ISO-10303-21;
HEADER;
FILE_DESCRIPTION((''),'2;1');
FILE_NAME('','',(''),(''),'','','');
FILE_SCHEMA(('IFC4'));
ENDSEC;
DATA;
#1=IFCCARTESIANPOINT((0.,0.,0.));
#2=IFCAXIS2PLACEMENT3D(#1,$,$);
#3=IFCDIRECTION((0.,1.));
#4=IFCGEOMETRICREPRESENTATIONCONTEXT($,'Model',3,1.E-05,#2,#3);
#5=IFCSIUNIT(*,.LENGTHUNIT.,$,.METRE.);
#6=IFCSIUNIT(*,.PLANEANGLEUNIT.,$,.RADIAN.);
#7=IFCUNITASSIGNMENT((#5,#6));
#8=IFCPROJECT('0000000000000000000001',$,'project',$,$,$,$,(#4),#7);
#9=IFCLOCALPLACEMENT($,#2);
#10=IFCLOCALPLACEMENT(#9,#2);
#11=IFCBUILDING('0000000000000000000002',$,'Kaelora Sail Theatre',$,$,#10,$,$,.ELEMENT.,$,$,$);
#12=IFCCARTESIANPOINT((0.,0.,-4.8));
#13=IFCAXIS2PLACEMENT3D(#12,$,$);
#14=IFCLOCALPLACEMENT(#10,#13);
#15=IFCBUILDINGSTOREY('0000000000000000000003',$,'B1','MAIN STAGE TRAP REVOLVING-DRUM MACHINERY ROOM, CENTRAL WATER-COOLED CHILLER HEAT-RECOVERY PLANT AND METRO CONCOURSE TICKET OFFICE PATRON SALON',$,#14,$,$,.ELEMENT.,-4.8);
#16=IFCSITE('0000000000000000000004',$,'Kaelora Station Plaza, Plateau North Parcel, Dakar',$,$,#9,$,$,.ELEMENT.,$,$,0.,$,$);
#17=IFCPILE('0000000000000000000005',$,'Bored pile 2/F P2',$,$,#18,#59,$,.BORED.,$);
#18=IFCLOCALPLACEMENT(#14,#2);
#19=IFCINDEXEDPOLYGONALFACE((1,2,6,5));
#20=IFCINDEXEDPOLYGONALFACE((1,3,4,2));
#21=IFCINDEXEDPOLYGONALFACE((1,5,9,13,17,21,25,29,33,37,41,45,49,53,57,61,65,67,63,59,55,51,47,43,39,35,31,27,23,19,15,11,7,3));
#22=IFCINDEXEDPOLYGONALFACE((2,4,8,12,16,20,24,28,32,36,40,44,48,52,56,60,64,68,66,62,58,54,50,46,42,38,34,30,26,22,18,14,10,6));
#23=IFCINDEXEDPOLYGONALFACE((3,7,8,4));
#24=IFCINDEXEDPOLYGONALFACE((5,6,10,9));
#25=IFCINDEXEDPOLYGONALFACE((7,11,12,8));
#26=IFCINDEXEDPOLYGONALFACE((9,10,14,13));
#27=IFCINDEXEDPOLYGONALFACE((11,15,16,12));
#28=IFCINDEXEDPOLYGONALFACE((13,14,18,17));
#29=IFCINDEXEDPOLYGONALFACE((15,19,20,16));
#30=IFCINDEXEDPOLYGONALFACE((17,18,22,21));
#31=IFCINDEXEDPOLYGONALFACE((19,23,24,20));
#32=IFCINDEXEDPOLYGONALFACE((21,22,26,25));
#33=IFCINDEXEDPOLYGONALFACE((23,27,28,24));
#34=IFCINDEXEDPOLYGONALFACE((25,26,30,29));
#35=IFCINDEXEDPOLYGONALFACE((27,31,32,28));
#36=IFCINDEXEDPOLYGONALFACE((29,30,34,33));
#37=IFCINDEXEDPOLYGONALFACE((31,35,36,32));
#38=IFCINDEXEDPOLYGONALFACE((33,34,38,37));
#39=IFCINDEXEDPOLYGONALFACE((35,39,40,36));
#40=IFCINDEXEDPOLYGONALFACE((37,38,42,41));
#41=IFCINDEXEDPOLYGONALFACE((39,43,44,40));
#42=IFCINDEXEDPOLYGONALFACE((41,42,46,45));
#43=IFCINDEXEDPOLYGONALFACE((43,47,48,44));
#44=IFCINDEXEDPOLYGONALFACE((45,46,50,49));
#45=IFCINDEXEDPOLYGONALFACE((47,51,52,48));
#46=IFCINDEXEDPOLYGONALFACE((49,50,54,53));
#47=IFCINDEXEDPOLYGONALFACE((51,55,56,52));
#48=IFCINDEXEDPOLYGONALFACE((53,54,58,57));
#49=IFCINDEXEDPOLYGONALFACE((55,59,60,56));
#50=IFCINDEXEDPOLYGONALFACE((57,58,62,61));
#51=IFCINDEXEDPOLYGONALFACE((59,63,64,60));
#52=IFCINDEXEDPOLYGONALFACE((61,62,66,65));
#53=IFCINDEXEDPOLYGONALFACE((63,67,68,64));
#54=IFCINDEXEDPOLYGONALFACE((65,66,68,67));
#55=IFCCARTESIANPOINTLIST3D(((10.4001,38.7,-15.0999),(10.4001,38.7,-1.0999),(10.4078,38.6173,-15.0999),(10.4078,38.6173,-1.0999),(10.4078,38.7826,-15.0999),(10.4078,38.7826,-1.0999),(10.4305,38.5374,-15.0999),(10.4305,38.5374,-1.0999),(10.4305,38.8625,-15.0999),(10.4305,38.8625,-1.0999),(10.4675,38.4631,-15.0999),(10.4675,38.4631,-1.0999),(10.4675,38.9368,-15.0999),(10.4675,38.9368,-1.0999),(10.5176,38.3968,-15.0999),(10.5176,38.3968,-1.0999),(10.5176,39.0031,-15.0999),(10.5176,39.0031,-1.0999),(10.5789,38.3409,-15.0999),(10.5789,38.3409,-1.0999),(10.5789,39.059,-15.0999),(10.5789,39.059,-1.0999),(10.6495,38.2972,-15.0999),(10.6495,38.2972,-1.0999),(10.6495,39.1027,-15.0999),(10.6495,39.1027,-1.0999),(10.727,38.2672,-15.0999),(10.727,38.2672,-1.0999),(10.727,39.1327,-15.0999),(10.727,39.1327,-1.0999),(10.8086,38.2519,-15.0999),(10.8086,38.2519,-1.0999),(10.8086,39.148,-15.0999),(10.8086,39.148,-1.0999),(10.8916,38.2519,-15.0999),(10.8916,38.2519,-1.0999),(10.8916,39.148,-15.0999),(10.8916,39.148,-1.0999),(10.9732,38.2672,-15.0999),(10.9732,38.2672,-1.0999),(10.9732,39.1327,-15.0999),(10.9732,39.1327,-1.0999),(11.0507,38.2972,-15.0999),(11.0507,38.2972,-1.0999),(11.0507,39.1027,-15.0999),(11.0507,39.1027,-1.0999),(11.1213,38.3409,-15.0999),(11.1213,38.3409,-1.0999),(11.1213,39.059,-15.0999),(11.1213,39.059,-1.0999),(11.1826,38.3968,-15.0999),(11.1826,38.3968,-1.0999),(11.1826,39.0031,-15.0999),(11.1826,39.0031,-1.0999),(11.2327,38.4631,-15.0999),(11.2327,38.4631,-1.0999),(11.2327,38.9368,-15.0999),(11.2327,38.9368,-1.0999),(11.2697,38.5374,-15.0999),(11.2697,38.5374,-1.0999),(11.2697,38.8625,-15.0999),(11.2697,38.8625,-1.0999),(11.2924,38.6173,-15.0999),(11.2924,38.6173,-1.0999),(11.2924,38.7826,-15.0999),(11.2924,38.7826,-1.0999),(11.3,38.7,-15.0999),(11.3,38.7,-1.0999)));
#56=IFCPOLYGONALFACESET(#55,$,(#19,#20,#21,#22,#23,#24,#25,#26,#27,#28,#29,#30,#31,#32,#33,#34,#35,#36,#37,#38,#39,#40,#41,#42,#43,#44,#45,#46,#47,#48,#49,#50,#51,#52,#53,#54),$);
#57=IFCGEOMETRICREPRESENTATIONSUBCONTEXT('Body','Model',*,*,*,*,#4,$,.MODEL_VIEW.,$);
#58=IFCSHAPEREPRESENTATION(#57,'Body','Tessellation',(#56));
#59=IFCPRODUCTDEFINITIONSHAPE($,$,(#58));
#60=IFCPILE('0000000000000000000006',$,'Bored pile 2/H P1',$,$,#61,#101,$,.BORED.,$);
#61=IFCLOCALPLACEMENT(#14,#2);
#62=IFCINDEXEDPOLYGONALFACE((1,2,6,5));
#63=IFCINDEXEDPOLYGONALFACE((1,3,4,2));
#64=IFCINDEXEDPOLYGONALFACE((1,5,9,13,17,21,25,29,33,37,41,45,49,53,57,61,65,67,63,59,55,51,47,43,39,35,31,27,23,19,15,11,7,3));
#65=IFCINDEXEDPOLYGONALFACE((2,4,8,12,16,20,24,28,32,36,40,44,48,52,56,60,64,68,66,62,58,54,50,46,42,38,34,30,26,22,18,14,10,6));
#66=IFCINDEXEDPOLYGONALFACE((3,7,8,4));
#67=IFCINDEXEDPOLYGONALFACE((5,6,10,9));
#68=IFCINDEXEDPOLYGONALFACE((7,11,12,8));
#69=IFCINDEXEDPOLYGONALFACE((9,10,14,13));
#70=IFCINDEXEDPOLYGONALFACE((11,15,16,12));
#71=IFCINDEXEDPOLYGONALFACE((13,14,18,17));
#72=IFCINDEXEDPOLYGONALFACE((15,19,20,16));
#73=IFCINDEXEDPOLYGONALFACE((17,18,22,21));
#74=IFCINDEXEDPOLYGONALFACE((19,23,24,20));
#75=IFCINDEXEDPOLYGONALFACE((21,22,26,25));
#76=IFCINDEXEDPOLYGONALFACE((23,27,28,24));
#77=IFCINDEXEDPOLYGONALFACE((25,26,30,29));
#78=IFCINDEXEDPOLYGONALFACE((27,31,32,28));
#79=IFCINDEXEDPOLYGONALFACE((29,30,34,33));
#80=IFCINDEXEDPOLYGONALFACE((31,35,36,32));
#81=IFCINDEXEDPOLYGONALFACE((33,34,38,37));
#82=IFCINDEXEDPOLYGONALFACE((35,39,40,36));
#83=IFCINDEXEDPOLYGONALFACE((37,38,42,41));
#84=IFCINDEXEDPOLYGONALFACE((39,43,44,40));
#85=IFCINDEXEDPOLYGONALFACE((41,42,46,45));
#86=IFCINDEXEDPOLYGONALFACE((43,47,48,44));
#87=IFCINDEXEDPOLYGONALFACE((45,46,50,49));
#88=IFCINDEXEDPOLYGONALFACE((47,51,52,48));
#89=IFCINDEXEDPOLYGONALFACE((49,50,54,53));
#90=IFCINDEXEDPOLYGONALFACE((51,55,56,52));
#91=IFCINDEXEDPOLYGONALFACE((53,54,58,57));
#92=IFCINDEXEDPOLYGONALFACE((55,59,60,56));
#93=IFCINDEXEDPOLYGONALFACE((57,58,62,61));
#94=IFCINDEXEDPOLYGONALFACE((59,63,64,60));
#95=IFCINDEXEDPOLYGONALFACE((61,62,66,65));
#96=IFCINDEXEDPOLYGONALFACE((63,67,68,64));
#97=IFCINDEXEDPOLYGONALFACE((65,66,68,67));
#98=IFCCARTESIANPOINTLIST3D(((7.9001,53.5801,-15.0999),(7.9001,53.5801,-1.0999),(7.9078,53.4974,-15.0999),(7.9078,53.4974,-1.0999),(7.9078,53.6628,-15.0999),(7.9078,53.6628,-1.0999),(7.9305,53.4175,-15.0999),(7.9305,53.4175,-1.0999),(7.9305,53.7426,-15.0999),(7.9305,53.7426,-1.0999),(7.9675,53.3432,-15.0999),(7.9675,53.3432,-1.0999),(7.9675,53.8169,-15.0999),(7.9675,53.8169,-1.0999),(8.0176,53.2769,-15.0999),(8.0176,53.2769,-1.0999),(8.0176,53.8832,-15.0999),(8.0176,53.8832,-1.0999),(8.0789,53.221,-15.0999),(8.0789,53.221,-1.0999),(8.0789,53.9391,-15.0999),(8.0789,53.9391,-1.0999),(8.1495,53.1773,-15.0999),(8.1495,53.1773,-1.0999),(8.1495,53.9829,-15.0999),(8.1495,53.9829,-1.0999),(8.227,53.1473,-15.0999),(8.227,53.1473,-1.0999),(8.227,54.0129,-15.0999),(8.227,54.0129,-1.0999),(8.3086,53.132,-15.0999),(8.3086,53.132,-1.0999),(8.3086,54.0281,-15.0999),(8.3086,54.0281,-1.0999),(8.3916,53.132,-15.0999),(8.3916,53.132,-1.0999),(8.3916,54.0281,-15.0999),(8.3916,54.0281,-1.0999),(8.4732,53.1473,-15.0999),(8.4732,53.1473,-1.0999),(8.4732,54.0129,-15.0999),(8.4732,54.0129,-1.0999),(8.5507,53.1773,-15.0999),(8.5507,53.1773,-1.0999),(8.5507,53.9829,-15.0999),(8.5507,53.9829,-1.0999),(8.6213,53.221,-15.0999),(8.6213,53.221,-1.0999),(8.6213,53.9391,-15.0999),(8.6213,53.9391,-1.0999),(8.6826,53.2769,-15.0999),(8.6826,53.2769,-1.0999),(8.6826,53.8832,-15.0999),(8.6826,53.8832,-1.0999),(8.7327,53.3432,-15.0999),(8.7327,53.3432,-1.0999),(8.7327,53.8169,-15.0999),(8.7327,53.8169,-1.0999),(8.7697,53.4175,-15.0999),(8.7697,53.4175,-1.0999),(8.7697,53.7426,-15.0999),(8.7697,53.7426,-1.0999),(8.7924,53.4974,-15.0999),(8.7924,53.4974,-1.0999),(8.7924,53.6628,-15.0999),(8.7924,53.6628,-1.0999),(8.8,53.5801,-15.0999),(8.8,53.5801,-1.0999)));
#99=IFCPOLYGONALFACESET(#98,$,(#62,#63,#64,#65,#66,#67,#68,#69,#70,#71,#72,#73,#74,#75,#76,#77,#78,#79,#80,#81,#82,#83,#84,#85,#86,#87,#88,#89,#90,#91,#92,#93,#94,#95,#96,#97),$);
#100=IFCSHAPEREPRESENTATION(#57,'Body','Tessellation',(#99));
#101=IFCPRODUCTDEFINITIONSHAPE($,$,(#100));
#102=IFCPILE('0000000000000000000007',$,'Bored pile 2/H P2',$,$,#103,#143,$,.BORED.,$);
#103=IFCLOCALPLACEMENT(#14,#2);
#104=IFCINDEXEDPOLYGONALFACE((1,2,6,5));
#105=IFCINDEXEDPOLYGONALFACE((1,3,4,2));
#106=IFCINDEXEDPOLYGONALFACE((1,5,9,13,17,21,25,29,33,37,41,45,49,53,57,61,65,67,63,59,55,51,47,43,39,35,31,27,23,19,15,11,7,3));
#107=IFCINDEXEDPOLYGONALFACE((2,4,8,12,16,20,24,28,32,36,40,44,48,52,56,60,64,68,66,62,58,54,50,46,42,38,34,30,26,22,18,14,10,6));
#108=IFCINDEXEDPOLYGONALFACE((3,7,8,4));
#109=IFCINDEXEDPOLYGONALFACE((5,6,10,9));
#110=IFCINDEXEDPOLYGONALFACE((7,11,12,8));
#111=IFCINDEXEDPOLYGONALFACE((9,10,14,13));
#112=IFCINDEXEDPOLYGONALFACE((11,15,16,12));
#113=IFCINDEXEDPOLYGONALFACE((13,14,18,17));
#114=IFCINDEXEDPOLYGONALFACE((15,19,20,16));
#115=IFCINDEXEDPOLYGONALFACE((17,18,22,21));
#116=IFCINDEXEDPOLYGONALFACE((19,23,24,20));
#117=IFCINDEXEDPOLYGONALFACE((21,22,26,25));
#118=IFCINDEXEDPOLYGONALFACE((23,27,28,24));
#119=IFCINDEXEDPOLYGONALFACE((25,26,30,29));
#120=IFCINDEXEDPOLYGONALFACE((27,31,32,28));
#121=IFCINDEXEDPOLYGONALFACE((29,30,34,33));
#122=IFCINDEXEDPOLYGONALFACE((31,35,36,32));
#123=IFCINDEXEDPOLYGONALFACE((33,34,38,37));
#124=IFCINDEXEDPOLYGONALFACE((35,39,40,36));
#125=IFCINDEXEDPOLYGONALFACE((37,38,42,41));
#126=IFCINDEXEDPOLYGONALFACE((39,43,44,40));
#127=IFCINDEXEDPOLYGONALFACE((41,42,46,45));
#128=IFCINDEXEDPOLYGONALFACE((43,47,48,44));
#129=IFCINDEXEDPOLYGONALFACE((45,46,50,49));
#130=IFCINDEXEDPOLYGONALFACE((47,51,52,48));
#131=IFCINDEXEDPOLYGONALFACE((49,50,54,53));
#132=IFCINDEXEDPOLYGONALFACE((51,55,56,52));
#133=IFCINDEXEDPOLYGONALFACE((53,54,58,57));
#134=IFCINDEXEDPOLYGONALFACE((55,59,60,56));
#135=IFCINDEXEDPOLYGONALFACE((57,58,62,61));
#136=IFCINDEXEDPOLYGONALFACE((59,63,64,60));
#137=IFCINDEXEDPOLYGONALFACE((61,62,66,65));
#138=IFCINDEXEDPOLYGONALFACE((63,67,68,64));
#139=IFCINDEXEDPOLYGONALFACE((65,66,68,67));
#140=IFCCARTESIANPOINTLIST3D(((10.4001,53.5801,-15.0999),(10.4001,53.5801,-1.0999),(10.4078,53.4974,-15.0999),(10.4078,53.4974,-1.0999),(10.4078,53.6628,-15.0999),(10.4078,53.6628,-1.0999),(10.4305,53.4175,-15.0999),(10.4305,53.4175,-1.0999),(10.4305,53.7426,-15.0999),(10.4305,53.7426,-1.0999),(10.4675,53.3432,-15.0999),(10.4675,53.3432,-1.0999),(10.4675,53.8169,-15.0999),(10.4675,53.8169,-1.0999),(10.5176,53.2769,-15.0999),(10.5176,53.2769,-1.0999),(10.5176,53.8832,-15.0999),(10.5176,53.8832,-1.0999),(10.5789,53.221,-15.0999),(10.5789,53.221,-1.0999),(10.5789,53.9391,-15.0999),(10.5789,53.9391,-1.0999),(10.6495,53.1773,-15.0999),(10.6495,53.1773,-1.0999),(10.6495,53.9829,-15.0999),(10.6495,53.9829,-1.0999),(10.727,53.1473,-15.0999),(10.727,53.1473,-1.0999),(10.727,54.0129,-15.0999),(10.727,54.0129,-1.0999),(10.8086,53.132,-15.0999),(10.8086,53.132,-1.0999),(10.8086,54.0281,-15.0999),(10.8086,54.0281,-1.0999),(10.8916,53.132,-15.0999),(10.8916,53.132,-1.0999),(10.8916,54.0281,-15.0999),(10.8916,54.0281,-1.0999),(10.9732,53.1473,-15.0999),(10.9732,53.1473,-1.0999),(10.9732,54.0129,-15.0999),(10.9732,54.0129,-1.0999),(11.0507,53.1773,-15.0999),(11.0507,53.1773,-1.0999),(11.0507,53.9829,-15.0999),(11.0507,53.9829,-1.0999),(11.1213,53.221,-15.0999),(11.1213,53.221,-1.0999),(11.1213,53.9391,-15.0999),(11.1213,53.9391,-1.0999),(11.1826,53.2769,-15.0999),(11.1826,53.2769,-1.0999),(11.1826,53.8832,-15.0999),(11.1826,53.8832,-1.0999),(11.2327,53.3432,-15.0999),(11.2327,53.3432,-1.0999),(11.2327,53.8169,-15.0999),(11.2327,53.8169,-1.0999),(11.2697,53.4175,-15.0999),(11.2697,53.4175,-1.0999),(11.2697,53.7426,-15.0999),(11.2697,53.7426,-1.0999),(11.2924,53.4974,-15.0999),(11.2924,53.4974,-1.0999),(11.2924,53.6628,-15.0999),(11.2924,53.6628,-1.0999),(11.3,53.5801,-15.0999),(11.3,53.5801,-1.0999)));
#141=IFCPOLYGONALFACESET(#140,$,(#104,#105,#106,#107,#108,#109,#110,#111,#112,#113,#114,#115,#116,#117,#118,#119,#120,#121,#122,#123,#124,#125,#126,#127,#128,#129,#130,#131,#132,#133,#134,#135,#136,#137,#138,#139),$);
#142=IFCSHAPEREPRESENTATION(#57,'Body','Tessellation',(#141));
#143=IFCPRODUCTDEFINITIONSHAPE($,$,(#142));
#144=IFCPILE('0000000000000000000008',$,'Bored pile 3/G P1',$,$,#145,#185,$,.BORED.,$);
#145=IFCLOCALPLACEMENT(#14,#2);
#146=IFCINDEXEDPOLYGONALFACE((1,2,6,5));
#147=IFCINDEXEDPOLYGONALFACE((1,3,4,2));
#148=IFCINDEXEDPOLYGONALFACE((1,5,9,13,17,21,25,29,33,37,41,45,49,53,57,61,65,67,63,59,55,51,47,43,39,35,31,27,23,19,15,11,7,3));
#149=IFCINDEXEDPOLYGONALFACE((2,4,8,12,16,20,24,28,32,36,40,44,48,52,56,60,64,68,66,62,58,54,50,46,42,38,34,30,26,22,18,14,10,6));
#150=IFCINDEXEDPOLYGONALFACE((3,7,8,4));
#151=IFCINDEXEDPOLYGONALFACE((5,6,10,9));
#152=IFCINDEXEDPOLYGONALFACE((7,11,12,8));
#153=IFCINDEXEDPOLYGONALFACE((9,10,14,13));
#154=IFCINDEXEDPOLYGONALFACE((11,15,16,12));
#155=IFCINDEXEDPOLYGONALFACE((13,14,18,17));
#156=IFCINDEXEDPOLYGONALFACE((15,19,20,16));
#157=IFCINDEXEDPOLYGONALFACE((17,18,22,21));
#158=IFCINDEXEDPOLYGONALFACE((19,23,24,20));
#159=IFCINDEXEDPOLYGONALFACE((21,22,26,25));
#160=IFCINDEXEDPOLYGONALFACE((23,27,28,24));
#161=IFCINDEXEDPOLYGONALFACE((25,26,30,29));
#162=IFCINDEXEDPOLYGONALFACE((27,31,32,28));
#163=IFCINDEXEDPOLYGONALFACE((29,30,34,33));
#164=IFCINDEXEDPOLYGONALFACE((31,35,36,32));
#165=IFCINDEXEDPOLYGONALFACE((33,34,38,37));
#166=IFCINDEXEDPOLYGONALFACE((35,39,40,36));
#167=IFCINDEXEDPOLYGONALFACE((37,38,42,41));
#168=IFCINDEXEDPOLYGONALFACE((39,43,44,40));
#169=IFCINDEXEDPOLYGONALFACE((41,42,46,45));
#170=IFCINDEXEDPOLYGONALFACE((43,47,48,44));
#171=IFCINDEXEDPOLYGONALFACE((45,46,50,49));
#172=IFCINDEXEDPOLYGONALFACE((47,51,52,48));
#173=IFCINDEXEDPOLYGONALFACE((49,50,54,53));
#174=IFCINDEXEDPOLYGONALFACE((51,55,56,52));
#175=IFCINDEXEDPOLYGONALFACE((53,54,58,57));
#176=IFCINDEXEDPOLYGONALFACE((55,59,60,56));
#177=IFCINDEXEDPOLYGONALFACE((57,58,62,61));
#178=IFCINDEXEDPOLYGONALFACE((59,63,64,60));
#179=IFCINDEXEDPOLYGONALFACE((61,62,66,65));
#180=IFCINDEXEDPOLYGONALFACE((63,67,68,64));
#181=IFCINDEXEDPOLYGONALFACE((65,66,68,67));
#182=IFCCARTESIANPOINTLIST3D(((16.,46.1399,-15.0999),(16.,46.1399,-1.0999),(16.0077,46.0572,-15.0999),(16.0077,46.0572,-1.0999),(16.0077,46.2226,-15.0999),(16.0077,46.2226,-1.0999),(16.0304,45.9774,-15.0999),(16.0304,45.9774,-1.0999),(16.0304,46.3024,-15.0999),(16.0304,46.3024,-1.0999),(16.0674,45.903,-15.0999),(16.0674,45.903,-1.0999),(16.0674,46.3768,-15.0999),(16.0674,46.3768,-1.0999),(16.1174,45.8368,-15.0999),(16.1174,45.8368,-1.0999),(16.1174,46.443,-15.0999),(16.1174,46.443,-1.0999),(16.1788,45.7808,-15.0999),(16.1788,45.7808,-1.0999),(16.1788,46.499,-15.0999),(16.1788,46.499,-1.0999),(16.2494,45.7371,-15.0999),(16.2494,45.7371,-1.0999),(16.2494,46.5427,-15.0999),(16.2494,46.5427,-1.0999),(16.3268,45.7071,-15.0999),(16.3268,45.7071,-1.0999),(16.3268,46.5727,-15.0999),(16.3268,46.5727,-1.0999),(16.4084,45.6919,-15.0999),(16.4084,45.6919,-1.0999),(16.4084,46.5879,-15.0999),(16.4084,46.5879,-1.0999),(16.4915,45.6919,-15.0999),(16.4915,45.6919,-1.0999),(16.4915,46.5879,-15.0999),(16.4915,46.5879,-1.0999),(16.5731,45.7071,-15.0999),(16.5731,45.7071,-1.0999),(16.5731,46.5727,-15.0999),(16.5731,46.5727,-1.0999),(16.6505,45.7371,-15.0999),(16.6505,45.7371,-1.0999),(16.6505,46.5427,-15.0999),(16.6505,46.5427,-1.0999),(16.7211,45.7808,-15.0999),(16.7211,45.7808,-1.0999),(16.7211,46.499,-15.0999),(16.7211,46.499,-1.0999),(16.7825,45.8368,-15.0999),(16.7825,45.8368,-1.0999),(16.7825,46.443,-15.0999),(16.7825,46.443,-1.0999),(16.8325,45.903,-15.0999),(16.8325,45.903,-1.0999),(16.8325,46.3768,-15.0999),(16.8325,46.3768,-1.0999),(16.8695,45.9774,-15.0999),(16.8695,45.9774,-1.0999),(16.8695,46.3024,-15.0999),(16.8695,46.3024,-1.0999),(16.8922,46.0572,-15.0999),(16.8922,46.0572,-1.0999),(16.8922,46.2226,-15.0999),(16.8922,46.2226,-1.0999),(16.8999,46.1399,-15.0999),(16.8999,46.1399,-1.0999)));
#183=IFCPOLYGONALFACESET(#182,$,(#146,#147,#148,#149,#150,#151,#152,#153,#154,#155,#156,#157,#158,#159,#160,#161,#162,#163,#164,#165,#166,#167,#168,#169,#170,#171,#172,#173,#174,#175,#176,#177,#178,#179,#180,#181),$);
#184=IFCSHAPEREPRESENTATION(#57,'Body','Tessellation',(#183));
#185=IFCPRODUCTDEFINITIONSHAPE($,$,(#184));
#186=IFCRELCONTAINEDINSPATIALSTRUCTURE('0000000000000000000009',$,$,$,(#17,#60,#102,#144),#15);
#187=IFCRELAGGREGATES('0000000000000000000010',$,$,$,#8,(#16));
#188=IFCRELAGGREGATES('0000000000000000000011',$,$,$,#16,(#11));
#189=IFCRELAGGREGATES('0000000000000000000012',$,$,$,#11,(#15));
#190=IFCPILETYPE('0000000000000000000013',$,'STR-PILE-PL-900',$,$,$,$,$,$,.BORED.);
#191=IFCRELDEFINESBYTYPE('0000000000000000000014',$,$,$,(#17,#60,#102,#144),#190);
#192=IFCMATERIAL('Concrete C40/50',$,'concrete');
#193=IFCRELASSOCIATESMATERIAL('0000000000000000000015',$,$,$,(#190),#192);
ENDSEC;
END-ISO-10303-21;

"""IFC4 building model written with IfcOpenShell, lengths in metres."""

from ifc_helpers import new_model, si_unit, direction, frame, origin, origin_2d, place, context, subcontext, project, spatial, circle, extrude, material, material_profile, profile_set, type_object, element, save


model = new_model("IFC4")

# Units and contexts
model_context = context("Model", 3, precision=1e-05, world=origin(), true_north=direction((0.0, 1.0)))
body_context = subcontext(model_context, "Body", "Model", "MODEL_VIEW")
ifc_project = project(units=[si_unit("LENGTHUNIT", "METRE"), si_unit("PLANEANGLEUNIT", "RADIAN")], contexts=[model_context])

# Site, building, storey
site_placement = place(None, origin())
site = spatial("IfcSite", under=ifc_project, at=site_placement, Name="Kaelora Station Plaza, Plateau North Parcel, Dakar", CompositionType="ELEMENT", RefElevation=0.0)
building_placement = place(site_placement, origin())
building = spatial("IfcBuilding", under=site, at=building_placement, Name="Kaelora Sail Theatre", CompositionType="ELEMENT")
storey_placement = place(building_placement, frame((0.0, 0.0, -4.8)))
storey = spatial("IfcBuildingStorey", under=building, at=storey_placement, Name="B1", Description="MAIN STAGE TRAP REVOLVING-DRUM MACHINERY ROOM, CENTRAL WATER-COOLED CHILLER HEAT-RECOVERY PLANT AND METRO CONCOURSE TICKET OFFICE PATRON SALON", CompositionType="ELEMENT", Elevation=-4.8)

# Piles
ifc_material_1 = material(Name="Concrete C40/50", Category="concrete")
ifc_material_profile_1 = material_profile(ifc_material_1, circle(Radius=0.45, at=origin_2d()), Name="PILE D900")
ifc_profile_set_1 = profile_set([ifc_material_profile_1], Name="Concrete C40/50")
pile_type = type_object("IfcPileType", Name="STR-PILE-PL-900", PredefinedType="BORED", material=ifc_profile_set_1)
for number, where, z_axis, x_axis, name in (
    (1, (10.8501, 38.7, -1.0999), (0.0, 0.0, -1.0), (1.0, 0.0, 0.0), "Bored pile 2/F P2"),
    (2, (8.3501, 53.5801, -1.0999), (0.0, 0.0, -1.0), (1.0, 0.0, 0.0), "Bored pile 2/H P1"),
    (3, (10.8501, 53.5801, -1.0999), (0.0, 0.0, -1.0), (1.0, 0.0, 0.0), "Bored pile 2/H P2"),
    (4, (16.45, 46.1399, -1.0999), (0.0, 0.0, -1.0), (1.0, 0.0, 0.0), "Bored pile 3/G P1"),
):
    element("IfcPile", number, at=place(storey_placement, frame(where, z_axis=z_axis, x_axis=x_axis)), inside=storey, type_object=pile_type, Name=name, PredefinedType="BORED", context=body_context, shape_type="SweptSolid", body=[
        extrude(circle(Radius=0.45, at=origin_2d()), origin(), (0.0, 0.0, 1.0), 14.0),
    ])

save(model, "model.ifc")
